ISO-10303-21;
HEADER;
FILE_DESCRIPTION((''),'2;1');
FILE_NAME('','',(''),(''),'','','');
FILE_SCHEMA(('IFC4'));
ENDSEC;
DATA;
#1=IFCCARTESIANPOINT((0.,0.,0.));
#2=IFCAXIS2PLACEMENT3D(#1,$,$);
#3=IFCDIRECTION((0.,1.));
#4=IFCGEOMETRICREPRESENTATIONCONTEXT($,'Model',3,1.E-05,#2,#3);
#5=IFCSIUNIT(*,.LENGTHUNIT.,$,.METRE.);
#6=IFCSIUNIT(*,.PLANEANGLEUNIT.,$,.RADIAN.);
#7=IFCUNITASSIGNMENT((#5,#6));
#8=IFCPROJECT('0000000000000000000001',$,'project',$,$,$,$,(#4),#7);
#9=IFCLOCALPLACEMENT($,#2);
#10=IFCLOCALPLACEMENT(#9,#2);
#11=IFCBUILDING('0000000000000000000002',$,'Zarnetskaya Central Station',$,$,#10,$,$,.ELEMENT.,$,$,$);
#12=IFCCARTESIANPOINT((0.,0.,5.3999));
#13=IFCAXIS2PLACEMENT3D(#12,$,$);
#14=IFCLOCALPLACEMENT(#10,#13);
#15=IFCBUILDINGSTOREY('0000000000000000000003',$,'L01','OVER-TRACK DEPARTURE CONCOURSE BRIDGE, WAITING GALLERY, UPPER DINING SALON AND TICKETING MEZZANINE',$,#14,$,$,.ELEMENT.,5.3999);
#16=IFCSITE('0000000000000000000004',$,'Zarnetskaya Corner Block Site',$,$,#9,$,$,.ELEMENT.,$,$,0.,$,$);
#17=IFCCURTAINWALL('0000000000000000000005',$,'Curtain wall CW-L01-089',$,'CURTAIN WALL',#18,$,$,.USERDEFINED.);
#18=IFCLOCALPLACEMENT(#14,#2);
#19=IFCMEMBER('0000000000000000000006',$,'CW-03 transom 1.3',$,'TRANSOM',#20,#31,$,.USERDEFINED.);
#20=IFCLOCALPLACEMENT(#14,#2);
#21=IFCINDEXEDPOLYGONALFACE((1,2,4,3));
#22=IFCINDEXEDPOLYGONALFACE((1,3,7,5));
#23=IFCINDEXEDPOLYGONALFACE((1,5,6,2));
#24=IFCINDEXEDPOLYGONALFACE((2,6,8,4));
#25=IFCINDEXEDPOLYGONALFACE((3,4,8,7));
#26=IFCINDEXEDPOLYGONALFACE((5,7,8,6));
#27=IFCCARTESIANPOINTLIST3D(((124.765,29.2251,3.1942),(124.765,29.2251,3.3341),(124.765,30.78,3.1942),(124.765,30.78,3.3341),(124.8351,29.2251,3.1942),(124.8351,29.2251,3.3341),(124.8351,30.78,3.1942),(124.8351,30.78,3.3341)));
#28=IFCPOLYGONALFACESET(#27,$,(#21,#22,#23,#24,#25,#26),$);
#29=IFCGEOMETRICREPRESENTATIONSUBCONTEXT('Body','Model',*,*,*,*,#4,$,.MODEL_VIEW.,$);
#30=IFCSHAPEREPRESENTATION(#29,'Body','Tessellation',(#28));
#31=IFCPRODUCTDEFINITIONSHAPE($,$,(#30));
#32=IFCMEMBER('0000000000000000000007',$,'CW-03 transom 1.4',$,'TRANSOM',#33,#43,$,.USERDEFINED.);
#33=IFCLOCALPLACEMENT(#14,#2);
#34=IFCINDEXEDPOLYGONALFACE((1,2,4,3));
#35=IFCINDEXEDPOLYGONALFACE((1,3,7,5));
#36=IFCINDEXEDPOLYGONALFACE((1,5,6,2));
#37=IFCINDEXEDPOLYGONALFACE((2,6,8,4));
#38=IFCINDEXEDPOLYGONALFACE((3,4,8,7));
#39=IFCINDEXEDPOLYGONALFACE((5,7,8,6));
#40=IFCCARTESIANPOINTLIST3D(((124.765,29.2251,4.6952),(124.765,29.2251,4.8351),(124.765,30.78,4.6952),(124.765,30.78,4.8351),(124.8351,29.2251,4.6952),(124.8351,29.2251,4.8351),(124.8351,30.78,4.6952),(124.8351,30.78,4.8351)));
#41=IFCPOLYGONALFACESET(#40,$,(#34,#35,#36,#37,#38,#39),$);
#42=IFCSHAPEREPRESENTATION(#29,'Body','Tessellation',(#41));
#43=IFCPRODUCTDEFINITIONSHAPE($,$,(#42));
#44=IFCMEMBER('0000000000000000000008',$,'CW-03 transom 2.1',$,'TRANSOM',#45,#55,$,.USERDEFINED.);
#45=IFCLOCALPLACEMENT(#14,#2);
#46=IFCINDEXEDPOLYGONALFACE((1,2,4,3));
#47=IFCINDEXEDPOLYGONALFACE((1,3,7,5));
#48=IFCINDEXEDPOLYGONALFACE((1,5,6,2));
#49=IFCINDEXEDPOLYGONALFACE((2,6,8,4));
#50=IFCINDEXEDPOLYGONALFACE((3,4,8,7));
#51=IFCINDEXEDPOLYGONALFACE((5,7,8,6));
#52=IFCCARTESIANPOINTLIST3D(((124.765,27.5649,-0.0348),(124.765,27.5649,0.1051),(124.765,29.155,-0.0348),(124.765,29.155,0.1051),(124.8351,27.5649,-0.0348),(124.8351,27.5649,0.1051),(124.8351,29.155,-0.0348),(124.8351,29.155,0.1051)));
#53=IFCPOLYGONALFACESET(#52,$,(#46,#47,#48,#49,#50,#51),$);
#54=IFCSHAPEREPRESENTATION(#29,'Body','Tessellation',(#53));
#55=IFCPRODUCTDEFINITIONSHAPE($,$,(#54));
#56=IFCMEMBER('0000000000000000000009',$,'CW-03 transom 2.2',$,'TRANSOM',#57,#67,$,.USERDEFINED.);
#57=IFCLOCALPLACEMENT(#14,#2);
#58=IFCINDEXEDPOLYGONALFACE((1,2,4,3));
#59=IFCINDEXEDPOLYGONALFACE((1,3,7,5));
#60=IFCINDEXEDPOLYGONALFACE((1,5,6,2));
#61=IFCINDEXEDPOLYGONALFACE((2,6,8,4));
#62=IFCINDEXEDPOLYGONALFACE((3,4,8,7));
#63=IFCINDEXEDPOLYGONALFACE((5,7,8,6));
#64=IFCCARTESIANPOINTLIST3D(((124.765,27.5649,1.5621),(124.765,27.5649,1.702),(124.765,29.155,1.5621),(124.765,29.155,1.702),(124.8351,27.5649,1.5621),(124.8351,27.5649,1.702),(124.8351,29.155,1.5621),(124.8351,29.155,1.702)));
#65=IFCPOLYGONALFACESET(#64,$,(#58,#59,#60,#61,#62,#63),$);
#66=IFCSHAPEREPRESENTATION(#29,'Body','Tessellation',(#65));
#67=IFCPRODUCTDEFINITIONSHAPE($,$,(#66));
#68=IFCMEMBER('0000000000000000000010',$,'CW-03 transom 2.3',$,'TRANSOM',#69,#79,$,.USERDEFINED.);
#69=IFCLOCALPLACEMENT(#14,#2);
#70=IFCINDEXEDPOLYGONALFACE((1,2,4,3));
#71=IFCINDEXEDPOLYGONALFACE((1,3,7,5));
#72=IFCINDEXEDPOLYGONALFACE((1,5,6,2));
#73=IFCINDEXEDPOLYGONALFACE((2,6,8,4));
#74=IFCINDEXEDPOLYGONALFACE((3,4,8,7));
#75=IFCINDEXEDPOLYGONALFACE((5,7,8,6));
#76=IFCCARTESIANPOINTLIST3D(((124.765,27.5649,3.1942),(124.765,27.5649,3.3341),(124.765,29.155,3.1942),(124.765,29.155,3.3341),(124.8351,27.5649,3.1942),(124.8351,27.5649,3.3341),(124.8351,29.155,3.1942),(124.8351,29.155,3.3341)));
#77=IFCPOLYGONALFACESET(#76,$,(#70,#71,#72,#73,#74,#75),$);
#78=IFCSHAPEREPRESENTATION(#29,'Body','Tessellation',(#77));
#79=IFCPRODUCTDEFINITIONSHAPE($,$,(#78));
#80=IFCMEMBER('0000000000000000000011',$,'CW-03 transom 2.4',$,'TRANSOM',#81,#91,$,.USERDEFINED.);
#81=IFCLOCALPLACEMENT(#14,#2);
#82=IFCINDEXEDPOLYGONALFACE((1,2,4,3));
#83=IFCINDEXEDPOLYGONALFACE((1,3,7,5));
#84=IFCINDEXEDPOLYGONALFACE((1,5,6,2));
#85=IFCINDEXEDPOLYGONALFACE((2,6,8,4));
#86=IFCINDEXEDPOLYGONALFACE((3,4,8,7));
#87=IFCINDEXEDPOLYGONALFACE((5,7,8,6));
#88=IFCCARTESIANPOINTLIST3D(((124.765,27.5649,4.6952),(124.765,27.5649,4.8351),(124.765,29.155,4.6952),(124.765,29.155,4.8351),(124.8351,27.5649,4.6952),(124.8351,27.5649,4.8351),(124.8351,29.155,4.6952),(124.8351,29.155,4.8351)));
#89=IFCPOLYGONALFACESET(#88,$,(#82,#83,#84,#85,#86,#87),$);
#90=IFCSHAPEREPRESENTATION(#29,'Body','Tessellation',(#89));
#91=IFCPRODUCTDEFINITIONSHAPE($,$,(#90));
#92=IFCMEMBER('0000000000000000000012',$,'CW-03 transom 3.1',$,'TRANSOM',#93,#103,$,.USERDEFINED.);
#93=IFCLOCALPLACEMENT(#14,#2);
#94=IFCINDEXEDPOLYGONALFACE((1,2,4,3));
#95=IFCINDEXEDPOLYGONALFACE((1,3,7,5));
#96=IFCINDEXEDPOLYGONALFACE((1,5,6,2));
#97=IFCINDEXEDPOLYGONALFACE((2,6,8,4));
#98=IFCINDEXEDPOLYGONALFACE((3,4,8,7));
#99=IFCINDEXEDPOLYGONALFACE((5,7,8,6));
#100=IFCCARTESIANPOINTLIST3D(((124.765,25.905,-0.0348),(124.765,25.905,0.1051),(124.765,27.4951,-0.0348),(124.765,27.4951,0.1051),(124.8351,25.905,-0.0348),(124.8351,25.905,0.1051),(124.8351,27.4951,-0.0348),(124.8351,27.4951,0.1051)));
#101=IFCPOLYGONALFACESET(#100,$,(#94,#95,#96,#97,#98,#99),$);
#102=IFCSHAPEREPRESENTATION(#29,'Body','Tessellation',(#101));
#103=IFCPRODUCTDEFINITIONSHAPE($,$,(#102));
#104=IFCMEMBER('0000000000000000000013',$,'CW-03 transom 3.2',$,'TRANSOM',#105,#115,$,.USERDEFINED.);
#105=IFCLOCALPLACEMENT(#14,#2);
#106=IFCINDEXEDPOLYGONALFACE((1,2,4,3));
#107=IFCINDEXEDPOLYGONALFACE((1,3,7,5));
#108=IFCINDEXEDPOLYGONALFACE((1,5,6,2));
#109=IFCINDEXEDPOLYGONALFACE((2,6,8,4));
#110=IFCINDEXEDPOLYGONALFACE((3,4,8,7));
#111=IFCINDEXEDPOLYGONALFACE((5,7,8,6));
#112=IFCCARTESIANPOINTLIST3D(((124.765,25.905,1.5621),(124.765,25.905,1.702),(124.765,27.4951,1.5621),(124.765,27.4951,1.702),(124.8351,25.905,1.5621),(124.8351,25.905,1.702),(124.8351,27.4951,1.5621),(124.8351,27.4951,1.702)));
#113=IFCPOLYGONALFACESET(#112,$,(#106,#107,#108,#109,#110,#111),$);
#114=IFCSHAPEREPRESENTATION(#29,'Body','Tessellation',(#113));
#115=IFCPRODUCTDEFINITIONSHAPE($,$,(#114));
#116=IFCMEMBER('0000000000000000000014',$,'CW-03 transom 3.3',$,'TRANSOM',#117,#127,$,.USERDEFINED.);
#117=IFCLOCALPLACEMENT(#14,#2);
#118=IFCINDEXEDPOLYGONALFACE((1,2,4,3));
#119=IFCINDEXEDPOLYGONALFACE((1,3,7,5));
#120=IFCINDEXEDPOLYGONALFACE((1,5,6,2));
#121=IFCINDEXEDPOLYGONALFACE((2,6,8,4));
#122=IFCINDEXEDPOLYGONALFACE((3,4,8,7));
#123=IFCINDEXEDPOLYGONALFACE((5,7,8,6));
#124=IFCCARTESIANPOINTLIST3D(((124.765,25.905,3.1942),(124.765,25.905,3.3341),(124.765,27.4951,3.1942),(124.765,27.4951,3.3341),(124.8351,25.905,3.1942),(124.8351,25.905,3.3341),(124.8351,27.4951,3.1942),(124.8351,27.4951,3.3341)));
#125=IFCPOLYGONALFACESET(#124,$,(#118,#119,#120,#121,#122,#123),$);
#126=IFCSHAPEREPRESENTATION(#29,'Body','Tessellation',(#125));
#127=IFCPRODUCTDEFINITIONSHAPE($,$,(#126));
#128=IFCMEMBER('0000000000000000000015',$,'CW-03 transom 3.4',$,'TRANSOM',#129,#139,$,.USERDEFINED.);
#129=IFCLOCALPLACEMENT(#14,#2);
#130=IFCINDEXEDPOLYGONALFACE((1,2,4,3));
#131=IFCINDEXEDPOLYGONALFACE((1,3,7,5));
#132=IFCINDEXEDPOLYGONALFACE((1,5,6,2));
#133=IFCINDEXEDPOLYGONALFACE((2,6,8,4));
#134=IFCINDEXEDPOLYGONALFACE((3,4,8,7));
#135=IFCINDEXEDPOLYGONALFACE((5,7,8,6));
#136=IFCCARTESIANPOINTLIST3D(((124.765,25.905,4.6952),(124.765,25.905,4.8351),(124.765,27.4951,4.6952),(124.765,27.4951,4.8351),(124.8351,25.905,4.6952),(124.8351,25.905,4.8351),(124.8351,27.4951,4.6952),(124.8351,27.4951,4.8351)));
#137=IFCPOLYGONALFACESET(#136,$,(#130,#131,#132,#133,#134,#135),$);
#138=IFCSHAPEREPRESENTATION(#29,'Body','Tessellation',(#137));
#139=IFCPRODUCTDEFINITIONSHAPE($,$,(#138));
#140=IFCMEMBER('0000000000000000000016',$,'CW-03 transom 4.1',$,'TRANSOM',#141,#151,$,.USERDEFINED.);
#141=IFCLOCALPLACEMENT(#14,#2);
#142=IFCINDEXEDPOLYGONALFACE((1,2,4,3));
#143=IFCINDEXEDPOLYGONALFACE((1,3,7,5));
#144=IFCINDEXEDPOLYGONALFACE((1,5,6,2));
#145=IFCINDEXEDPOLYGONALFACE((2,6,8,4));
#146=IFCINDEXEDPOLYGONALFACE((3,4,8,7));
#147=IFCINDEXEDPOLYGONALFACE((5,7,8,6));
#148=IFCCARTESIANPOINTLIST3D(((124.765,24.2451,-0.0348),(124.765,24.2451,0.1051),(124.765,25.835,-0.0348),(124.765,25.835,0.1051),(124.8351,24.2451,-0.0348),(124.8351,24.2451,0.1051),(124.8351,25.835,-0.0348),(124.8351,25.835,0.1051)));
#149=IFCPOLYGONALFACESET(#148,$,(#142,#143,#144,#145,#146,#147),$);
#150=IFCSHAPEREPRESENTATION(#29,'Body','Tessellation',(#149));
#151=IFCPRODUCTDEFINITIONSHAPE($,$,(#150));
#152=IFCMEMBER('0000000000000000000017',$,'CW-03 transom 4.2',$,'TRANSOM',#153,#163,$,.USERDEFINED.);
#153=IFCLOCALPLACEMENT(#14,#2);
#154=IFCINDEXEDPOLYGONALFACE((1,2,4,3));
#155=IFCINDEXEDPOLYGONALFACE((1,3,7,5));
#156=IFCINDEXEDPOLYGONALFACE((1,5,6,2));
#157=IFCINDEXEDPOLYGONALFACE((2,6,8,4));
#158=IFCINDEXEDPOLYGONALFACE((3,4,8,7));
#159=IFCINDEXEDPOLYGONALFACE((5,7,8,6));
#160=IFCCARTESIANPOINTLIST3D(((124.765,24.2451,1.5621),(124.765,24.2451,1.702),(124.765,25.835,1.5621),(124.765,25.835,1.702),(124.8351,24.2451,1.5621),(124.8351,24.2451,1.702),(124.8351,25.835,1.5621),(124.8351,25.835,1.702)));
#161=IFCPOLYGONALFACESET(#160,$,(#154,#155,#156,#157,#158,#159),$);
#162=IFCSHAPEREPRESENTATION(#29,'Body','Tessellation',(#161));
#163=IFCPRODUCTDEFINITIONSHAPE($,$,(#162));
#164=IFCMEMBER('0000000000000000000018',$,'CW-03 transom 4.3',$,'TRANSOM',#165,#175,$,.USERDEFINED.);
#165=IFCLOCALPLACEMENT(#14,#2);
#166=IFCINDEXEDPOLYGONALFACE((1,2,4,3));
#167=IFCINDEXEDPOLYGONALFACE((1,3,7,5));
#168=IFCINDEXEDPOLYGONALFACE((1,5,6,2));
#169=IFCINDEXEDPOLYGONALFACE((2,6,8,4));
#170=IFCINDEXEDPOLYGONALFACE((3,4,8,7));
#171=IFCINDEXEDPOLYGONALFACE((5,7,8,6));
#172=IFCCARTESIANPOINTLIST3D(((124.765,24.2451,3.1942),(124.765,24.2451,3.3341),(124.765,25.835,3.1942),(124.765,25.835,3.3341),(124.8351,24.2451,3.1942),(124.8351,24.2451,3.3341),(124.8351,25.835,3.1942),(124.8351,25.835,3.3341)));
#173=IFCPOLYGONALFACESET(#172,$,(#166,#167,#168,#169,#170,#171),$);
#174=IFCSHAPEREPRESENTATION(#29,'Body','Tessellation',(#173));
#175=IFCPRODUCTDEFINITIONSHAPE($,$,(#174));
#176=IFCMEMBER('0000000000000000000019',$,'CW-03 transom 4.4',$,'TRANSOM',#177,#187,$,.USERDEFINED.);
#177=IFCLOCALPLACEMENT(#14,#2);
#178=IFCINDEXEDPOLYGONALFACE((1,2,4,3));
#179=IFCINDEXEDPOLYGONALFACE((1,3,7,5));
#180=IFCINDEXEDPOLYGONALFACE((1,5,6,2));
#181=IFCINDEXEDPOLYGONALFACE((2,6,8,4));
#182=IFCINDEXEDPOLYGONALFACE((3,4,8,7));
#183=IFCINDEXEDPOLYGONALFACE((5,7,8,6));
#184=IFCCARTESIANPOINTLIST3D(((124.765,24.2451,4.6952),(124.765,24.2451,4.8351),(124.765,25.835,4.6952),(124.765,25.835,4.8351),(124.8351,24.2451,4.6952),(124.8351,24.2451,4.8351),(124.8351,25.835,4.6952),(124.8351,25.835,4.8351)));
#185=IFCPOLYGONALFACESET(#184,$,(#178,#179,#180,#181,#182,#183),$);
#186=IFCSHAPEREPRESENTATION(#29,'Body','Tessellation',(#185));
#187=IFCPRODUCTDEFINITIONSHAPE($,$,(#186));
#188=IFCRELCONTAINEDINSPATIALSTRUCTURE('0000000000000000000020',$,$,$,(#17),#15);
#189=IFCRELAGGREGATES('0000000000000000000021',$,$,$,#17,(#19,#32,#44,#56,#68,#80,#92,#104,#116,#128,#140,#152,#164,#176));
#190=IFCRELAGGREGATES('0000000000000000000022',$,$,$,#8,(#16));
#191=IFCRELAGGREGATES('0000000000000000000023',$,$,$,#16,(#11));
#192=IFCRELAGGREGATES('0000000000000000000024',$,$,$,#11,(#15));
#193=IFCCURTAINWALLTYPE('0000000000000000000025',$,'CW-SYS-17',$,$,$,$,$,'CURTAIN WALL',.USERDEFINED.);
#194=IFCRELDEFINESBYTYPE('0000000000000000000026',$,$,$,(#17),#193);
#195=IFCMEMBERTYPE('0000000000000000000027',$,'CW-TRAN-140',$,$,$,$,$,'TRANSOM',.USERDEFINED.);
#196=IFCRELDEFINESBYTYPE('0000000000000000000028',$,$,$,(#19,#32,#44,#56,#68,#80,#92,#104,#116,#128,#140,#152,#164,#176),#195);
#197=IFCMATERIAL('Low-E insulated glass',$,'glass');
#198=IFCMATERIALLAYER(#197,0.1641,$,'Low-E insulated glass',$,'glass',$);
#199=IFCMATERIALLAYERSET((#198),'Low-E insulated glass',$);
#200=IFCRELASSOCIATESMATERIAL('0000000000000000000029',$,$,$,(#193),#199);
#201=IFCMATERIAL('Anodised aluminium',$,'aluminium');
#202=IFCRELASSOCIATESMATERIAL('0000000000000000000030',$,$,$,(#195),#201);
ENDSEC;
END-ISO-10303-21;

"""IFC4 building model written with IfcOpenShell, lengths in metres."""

from ifc_helpers import new_model, si_unit, direction, frame, origin, origin_2d, place, context, subcontext, project, spatial, rectangle, extrude, material, layer, layer_set, material_profile, profile_set, type_object, element, aggregate, save


model = new_model("IFC4")

# Units and contexts
model_context = context("Model", 3, precision=1e-05, world=origin(), true_north=direction((0.0, 1.0)))
body_context = subcontext(model_context, "Body", "Model", "MODEL_VIEW")
ifc_project = project(units=[si_unit("LENGTHUNIT", "METRE"), si_unit("PLANEANGLEUNIT", "RADIAN")], contexts=[model_context])

# Site, building, storey
site_placement = place(None, origin())
site = spatial("IfcSite", under=ifc_project, at=site_placement, Name="Zarnetskaya Corner Block Site", CompositionType="ELEMENT", RefElevation=0.0)
building_placement = place(site_placement, origin())
building = spatial("IfcBuilding", under=site, at=building_placement, Name="Zarnetskaya Central Station", CompositionType="ELEMENT")
storey_placement = place(building_placement, frame((0.0, 0.0, 5.3999)))
storey = spatial("IfcBuildingStorey", under=building, at=storey_placement, Name="L01", Description="OVER-TRACK DEPARTURE CONCOURSE BRIDGE, WAITING GALLERY, UPPER DINING SALON AND TICKETING MEZZANINE", CompositionType="ELEMENT", Elevation=5.3999)

# Curtain wall, members
ifc_material_1 = material(Name="Low-E insulated glass", Category="glass")
ifc_layer_1 = layer(ifc_material_1, 0.1641, Name="Low-E insulated glass", Category="glass")
ifc_layer_set_1 = layer_set([ifc_layer_1], Name="Low-E insulated glass")
curtain_wall_type = type_object("IfcCurtainWallType", Name="CW-SYS-17", ElementType="CURTAIN WALL", PredefinedType="USERDEFINED", material=ifc_layer_set_1)
curtain_wall_placement = place(storey_placement, origin())
curtain_wall = element("IfcCurtainWall", 1, at=curtain_wall_placement, inside=storey, type_object=curtain_wall_type, Name="Curtain wall CW-L01-089", ObjectType="CURTAIN WALL", PredefinedType="USERDEFINED")
ifc_material_2 = material(Name="Anodised aluminium", Category="aluminium")
ifc_material_profile_1 = material_profile(ifc_material_2, rectangle(XDim=0.0701, YDim=0.1399, at=origin_2d()), Name="ALU TRAN 70x140")
ifc_profile_set_1 = profile_set([ifc_material_profile_1], Name="Anodised aluminium")
member_type_1 = type_object("IfcMemberType", Name="CW-TRAN-140", ElementType="TRANSOM", PredefinedType="USERDEFINED", material=ifc_profile_set_1)
member_1_placement = place(storey_placement, frame((124.8, 30.78, 3.2642), z_axis=(0.0, -1.0, 0.0), x_axis=(1.0, 0.0, 0.0)))
member_1 = element("IfcMember", 2, at=member_1_placement, type_object=member_type_1, Name="CW-03 transom 1.3", ObjectType="TRANSOM", PredefinedType="USERDEFINED", context=body_context, shape_type="SweptSolid", body=[
    extrude(rectangle(XDim=0.0701, YDim=0.1399, at=origin_2d()), origin(), (0.0, 0.0, 1.0), 1.5549),
])
member_2_placement = place(storey_placement, frame((124.8, 30.78, 4.7651), z_axis=(0.0, -1.0, 0.0), x_axis=(1.0, 0.0, 0.0)))
member_2 = element("IfcMember", 3, at=member_2_placement, type_object=member_type_1, Name="CW-03 transom 1.4", ObjectType="TRANSOM", PredefinedType="USERDEFINED", context=body_context, shape_type="SweptSolid", body=[
    extrude(rectangle(XDim=0.0701, YDim=0.1399, at=origin_2d()), origin(), (0.0, 0.0, 1.0), 1.5549),
])
member_3_placement = place(storey_placement, frame((124.8, 29.155, 0.0352), z_axis=(0.0, -1.0, 0.0), x_axis=(1.0, 0.0, 0.0)))
member_3 = element("IfcMember", 4, at=member_3_placement, type_object=member_type_1, Name="CW-03 transom 2.1", ObjectType="TRANSOM", PredefinedType="USERDEFINED", context=body_context, shape_type="SweptSolid", body=[
    extrude(rectangle(XDim=0.0701, YDim=0.1399, at=origin_2d()), origin(), (0.0, 0.0, 1.0), 1.5901),
])
member_4_placement = place(storey_placement, frame((124.8, 29.155, 1.6321), z_axis=(0.0, -1.0, 0.0), x_axis=(1.0, 0.0, 0.0)))
member_4 = element("IfcMember", 5, at=member_4_placement, type_object=member_type_1, Name="CW-03 transom 2.2", ObjectType="TRANSOM", PredefinedType="USERDEFINED", context=body_context, shape_type="SweptSolid", body=[
    extrude(rectangle(XDim=0.0701, YDim=0.1399, at=origin_2d()), origin(), (0.0, 0.0, 1.0), 1.5901),
])
member_5_placement = place(storey_placement, frame((124.8, 29.155, 3.2642), z_axis=(0.0, -1.0, 0.0), x_axis=(1.0, 0.0, 0.0)))
member_5 = element("IfcMember", 6, at=member_5_placement, type_object=member_type_1, Name="CW-03 transom 2.3", ObjectType="TRANSOM", PredefinedType="USERDEFINED", context=body_context, shape_type="SweptSolid", body=[
    extrude(rectangle(XDim=0.0701, YDim=0.1399, at=origin_2d()), origin(), (0.0, 0.0, 1.0), 1.5901),
])
member_6_placement = place(storey_placement, frame((124.8, 29.155, 4.7651), z_axis=(0.0, -1.0, 0.0), x_axis=(1.0, 0.0, 0.0)))
member_6 = element("IfcMember", 7, at=member_6_placement, type_object=member_type_1, Name="CW-03 transom 2.4", ObjectType="TRANSOM", PredefinedType="USERDEFINED", context=body_context, shape_type="SweptSolid", body=[
    extrude(rectangle(XDim=0.0701, YDim=0.1399, at=origin_2d()), origin(), (0.0, 0.0, 1.0), 1.5901),
])
member_7_placement = place(storey_placement, frame((124.8, 27.4951, 0.0352), z_axis=(0.0, -1.0, 0.0), x_axis=(1.0, 0.0, 0.0)))
member_7 = element("IfcMember", 8, at=member_7_placement, type_object=member_type_1, Name="CW-03 transom 3.1", ObjectType="TRANSOM", PredefinedType="USERDEFINED", context=body_context, shape_type="SweptSolid", body=[
    extrude(rectangle(XDim=0.0701, YDim=0.1399, at=origin_2d()), origin(), (0.0, 0.0, 1.0), 1.5901),
])
member_8_placement = place(storey_placement, frame((124.8, 27.4951, 1.6321), z_axis=(0.0, -1.0, 0.0), x_axis=(1.0, 0.0, 0.0)))
member_8 = element("IfcMember", 9, at=member_8_placement, type_object=member_type_1, Name="CW-03 transom 3.2", ObjectType="TRANSOM", PredefinedType="USERDEFINED", context=body_context, shape_type="SweptSolid", body=[
    extrude(rectangle(XDim=0.0701, YDim=0.1399, at=origin_2d()), origin(), (0.0, 0.0, 1.0), 1.5901),
])
member_9_placement = place(storey_placement, frame((124.8, 27.4951, 3.2642), z_axis=(0.0, -1.0, 0.0), x_axis=(1.0, 0.0, 0.0)))
member_9 = element("IfcMember", 10, at=member_9_placement, type_object=member_type_1, Name="CW-03 transom 3.3", ObjectType="TRANSOM", PredefinedType="USERDEFINED", context=body_context, shape_type="SweptSolid", body=[
    extrude(rectangle(XDim=0.0701, YDim=0.1399, at=origin_2d()), origin(), (0.0, 0.0, 1.0), 1.5901),
])
member_10_placement = place(storey_placement, frame((124.8, 27.4951, 4.7651), z_axis=(0.0, -1.0, 0.0), x_axis=(1.0, 0.0, 0.0)))
member_10 = element("IfcMember", 11, at=member_10_placement, type_object=member_type_1, Name="CW-03 transom 3.4", ObjectType="TRANSOM", PredefinedType="USERDEFINED", context=body_context, shape_type="SweptSolid", body=[
    extrude(rectangle(XDim=0.0701, YDim=0.1399, at=origin_2d()), origin(), (0.0, 0.0, 1.0), 1.5901),
])
member_11_placement = place(storey_placement, frame((124.8, 25.835, 0.0352), z_axis=(0.0, -1.0, 0.0), x_axis=(1.0, 0.0, 0.0)))
member_11 = element("IfcMember", 12, at=member_11_placement, type_object=member_type_1, Name="CW-03 transom 4.1", ObjectType="TRANSOM", PredefinedType="USERDEFINED", context=body_context, shape_type="SweptSolid", body=[
    extrude(rectangle(XDim=0.0701, YDim=0.1399, at=origin_2d()), origin(), (0.0, 0.0, 1.0), 1.5898),
])
member_12_placement = place(storey_placement, frame((124.8, 25.835, 1.6321), z_axis=(0.0, -1.0, 0.0), x_axis=(1.0, 0.0, 0.0)))
member_12 = element("IfcMember", 13, at=member_12_placement, type_object=member_type_1, Name="CW-03 transom 4.2", ObjectType="TRANSOM", PredefinedType="USERDEFINED", context=body_context, shape_type="SweptSolid", body=[
    extrude(rectangle(XDim=0.0701, YDim=0.1399, at=origin_2d()), origin(), (0.0, 0.0, 1.0), 1.5898),
])
member_13_placement = place(storey_placement, frame((124.8, 25.835, 3.2642), z_axis=(0.0, -1.0, 0.0), x_axis=(1.0, 0.0, 0.0)))
member_13 = element("IfcMember", 14, at=member_13_placement, type_object=member_type_1, Name="CW-03 transom 4.3", ObjectType="TRANSOM", PredefinedType="USERDEFINED", context=body_context, shape_type="SweptSolid", body=[
    extrude(rectangle(XDim=0.0701, YDim=0.1399, at=origin_2d()), origin(), (0.0, 0.0, 1.0), 1.5898),
])
member_14_placement = place(storey_placement, frame((124.8, 25.835, 4.7651), z_axis=(0.0, -1.0, 0.0), x_axis=(1.0, 0.0, 0.0)))
member_14 = element("IfcMember", 15, at=member_14_placement, type_object=member_type_1, Name="CW-03 transom 4.4", ObjectType="TRANSOM", PredefinedType="USERDEFINED", context=body_context, shape_type="SweptSolid", body=[
    extrude(rectangle(XDim=0.0701, YDim=0.1399, at=origin_2d()), origin(), (0.0, 0.0, 1.0), 1.5898),
])

aggregate(curtain_wall, [member_1, member_2, member_3, member_4, member_5, member_6, member_7, member_8, member_9, member_10, member_11, member_12, member_13, member_14])

save(model, "model.ifc")
